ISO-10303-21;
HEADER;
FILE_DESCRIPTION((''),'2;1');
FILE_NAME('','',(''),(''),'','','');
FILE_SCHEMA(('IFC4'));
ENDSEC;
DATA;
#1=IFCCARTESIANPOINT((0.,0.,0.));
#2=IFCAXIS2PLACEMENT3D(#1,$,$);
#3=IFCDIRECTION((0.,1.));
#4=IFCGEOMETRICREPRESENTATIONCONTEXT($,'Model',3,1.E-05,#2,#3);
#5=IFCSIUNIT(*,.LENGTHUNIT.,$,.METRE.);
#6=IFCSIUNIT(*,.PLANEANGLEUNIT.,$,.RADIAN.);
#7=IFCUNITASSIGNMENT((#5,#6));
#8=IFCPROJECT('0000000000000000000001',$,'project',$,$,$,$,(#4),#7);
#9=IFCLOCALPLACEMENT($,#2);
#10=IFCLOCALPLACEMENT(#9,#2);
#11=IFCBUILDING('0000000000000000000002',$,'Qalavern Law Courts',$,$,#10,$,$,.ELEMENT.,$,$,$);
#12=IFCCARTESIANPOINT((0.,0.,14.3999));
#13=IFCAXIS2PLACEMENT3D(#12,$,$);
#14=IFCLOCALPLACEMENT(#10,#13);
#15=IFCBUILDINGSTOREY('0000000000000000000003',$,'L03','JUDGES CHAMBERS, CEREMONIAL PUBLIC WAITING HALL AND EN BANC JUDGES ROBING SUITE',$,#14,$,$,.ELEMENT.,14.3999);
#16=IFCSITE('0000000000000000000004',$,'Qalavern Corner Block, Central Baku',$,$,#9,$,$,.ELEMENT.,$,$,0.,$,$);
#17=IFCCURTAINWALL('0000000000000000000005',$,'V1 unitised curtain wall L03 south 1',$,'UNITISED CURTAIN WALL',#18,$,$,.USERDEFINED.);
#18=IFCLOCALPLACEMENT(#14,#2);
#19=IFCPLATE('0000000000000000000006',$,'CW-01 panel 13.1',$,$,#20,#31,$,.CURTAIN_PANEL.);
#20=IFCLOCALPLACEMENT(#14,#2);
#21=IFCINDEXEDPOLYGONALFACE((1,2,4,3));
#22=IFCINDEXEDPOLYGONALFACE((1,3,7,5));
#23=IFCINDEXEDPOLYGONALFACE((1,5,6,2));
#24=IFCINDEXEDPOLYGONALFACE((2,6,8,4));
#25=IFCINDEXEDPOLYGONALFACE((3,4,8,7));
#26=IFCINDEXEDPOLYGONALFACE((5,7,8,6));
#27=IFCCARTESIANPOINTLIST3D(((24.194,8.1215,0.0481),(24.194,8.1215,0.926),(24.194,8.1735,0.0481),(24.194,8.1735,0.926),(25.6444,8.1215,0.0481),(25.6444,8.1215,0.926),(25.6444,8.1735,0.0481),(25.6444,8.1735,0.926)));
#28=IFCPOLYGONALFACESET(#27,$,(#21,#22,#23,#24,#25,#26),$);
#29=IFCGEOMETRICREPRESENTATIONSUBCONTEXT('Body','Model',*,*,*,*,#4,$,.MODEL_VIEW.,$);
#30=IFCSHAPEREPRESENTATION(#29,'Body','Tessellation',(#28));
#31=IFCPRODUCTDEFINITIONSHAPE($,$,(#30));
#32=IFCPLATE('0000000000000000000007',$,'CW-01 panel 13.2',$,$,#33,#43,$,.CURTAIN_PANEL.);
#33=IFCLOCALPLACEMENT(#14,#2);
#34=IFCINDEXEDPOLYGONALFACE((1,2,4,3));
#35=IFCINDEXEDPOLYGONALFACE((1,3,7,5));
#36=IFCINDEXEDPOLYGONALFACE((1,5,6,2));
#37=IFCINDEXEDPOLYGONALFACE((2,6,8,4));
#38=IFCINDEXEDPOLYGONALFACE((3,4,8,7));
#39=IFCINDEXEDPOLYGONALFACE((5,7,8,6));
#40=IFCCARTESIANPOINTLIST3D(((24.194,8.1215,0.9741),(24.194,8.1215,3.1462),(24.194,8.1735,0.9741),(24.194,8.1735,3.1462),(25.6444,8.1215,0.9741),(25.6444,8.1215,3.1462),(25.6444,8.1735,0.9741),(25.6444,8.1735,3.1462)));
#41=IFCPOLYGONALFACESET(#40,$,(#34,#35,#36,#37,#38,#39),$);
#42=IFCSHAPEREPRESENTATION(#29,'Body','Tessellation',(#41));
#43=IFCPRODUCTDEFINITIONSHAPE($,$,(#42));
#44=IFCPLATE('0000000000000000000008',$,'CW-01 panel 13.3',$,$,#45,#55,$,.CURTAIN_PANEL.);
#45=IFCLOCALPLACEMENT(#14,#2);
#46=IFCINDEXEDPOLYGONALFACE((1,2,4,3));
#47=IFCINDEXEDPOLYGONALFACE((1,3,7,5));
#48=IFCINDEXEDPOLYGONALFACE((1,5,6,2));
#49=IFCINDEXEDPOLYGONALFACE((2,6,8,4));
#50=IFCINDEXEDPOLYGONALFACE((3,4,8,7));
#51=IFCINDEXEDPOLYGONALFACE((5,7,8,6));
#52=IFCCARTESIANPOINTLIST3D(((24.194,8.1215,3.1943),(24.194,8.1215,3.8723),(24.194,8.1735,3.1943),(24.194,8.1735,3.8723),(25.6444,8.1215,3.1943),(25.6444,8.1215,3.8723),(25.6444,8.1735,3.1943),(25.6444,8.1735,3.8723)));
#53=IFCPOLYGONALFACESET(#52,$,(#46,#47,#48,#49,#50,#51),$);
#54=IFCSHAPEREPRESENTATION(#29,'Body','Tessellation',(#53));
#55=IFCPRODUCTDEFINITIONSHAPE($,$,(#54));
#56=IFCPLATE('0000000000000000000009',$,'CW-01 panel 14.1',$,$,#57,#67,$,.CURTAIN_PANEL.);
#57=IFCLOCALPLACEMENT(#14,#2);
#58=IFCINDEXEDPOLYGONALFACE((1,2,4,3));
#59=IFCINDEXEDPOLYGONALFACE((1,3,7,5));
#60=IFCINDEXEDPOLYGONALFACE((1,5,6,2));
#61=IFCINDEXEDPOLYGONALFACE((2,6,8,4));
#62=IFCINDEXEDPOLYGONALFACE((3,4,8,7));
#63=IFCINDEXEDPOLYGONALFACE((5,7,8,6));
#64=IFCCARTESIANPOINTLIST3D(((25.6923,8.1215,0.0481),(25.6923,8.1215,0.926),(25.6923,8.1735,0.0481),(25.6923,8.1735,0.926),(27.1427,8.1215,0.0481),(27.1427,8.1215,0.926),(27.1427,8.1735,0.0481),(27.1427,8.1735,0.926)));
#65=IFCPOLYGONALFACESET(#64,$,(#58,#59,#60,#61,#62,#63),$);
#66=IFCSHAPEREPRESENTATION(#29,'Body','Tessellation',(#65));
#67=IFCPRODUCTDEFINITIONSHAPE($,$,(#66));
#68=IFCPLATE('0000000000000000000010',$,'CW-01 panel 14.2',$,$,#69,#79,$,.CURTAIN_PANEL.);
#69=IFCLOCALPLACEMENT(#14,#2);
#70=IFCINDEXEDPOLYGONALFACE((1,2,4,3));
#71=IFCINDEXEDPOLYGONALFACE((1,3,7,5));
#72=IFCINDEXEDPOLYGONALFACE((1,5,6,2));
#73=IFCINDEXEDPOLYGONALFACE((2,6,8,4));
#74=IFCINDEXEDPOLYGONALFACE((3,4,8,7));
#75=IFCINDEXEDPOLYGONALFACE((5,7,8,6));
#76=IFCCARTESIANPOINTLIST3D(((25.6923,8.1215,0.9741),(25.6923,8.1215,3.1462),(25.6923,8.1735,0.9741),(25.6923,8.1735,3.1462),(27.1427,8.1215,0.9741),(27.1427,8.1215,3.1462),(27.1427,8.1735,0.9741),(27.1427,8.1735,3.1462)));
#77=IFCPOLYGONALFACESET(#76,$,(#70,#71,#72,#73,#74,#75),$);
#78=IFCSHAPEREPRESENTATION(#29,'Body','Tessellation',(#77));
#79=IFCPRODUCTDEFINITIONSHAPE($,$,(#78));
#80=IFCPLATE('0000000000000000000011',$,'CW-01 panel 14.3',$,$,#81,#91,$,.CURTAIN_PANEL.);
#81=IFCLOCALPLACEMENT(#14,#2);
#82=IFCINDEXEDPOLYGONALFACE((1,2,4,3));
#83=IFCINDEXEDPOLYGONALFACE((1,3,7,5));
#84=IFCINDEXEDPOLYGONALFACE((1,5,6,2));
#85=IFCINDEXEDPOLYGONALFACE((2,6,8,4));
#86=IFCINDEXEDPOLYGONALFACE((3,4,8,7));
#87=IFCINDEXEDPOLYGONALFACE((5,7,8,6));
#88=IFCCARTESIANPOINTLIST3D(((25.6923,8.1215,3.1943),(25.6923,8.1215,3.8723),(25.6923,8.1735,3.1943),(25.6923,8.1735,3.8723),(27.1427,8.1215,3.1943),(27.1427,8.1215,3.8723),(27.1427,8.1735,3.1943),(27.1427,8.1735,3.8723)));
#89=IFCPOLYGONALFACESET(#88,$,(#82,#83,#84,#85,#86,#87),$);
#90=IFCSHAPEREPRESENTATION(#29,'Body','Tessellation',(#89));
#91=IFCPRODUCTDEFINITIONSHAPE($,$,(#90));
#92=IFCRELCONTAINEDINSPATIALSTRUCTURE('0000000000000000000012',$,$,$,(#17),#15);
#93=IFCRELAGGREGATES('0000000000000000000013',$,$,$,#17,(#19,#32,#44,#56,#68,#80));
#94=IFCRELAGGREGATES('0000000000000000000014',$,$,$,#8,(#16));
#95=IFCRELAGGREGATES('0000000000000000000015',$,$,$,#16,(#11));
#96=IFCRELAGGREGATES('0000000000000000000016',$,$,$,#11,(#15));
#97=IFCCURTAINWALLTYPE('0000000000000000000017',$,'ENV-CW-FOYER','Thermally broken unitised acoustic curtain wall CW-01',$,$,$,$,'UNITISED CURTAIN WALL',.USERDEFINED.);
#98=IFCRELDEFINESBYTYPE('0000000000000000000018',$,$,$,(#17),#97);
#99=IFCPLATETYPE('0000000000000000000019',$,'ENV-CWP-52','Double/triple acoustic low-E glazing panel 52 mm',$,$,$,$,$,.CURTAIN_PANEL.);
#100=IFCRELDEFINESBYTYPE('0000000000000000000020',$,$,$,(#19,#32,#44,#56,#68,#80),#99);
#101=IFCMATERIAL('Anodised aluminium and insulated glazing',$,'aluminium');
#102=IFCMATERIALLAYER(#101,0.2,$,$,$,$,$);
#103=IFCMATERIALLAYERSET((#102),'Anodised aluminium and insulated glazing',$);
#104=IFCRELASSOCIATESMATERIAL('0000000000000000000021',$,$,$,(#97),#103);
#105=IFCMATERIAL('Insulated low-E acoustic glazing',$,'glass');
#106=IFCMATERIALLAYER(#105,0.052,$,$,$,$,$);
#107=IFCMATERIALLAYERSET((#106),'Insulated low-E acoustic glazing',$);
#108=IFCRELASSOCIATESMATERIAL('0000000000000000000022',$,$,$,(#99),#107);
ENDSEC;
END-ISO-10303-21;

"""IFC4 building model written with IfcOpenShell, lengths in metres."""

from ifc_helpers import new_model, si_unit, direction, frame, origin, origin_2d, place, context, subcontext, project, spatial, rectangle, extrude, material, layer, layer_set, type_object, element, aggregate, save


model = new_model("IFC4")

# Units and contexts
model_context = context("Model", 3, precision=1e-05, world=origin(), true_north=direction((0.0, 1.0)))
body_context = subcontext(model_context, "Body", "Model", "MODEL_VIEW")
ifc_project = project(units=[si_unit("LENGTHUNIT", "METRE"), si_unit("PLANEANGLEUNIT", "RADIAN")], contexts=[model_context])

# Site, building, storey
site_placement = place(None, origin())
site = spatial("IfcSite", under=ifc_project, at=site_placement, Name="Qalavern Corner Block, Central Baku", CompositionType="ELEMENT", RefElevation=0.0)
building_placement = place(site_placement, origin())
building = spatial("IfcBuilding", under=site, at=building_placement, Name="Qalavern Law Courts", CompositionType="ELEMENT")
storey_placement = place(building_placement, frame((0.0, 0.0, 14.3999)))
storey = spatial("IfcBuildingStorey", under=building, at=storey_placement, Name="L03", Description="JUDGES CHAMBERS, CEREMONIAL PUBLIC WAITING HALL AND EN BANC JUDGES ROBING SUITE", CompositionType="ELEMENT", Elevation=14.3999)

# Curtain wall
ifc_material_1 = material(Name="Anodised aluminium and insulated glazing", Category="aluminium")
ifc_layer_1 = layer(ifc_material_1, 0.2)
ifc_layer_set_1 = layer_set([ifc_layer_1], Name="Anodised aluminium and insulated glazing")
curtain_wall_type = type_object("IfcCurtainWallType", Name="ENV-CW-FOYER", Description="Thermally broken unitised acoustic curtain wall CW-01", ElementType="UNITISED CURTAIN WALL", PredefinedType="USERDEFINED", material=ifc_layer_set_1)
curtain_wall_placement = place(storey_placement, origin())
curtain_wall = element("IfcCurtainWall", 1, at=curtain_wall_placement, inside=storey, type_object=curtain_wall_type, Name="V1 unitised curtain wall L03 south 1", ObjectType="UNITISED CURTAIN WALL", PredefinedType="USERDEFINED")

# Plates
ifc_material_2 = material(Name="Insulated low-E acoustic glazing", Category="glass")
ifc_layer_2 = layer(ifc_material_2, 0.052)
ifc_layer_set_2 = layer_set([ifc_layer_2], Name="Insulated low-E acoustic glazing")
plate_type = type_object("IfcPlateType", Name="ENV-CWP-52", Description="Double/triple acoustic low-E glazing panel 52 mm", PredefinedType="CURTAIN_PANEL", material=ifc_layer_set_2)
plate_1_placement = place(storey_placement, frame((24.9192, 8.1475, 0.0481), z_axis=(0.0, 0.0, 1.0), x_axis=(1.0, 0.0, 0.0)))
plate_1 = element("IfcPlate", 2, at=plate_1_placement, type_object=plate_type, Name="CW-01 panel 13.1", PredefinedType="CURTAIN_PANEL", context=body_context, shape_type="SweptSolid", body=[
    extrude(rectangle(XDim=1.4504, YDim=0.052, at=origin_2d()), origin(), (0.0, 0.0, 1.0), 0.8779),
])
plate_2_placement = place(storey_placement, frame((24.9192, 8.1475, 0.9741), z_axis=(0.0, 0.0, 1.0), x_axis=(1.0, 0.0, 0.0)))
plate_2 = element("IfcPlate", 3, at=plate_2_placement, type_object=plate_type, Name="CW-01 panel 13.2", PredefinedType="CURTAIN_PANEL", context=body_context, shape_type="SweptSolid", body=[
    extrude(rectangle(XDim=1.4504, YDim=0.052, at=origin_2d()), origin(), (0.0, 0.0, 1.0), 2.1721),
])
plate_3_placement = place(storey_placement, frame((24.9192, 8.1475, 3.1943), z_axis=(0.0, 0.0, 1.0), x_axis=(1.0, 0.0, 0.0)))
plate_3 = element("IfcPlate", 4, at=plate_3_placement, type_object=plate_type, Name="CW-01 panel 13.3", PredefinedType="CURTAIN_PANEL", context=body_context, shape_type="SweptSolid", body=[
    extrude(rectangle(XDim=1.4504, YDim=0.052, at=origin_2d()), origin(), (0.0, 0.0, 1.0), 0.678),
])
plate_4_placement = place(storey_placement, frame((26.4175, 8.1475, 0.0481), z_axis=(0.0, 0.0, 1.0), x_axis=(1.0, 0.0, 0.0)))
plate_4 = element("IfcPlate", 5, at=plate_4_placement, type_object=plate_type, Name="CW-01 panel 14.1", PredefinedType="CURTAIN_PANEL", context=body_context, shape_type="SweptSolid", body=[
    extrude(rectangle(XDim=1.4504, YDim=0.052, at=origin_2d()), origin(), (0.0, 0.0, 1.0), 0.8779),
])
plate_5_placement = place(storey_placement, frame((26.4175, 8.1475, 0.9741), z_axis=(0.0, 0.0, 1.0), x_axis=(1.0, 0.0, 0.0)))
plate_5 = element("IfcPlate", 6, at=plate_5_placement, type_object=plate_type, Name="CW-01 panel 14.2", PredefinedType="CURTAIN_PANEL", context=body_context, shape_type="SweptSolid", body=[
    extrude(rectangle(XDim=1.4504, YDim=0.052, at=origin_2d()), origin(), (0.0, 0.0, 1.0), 2.1721),
])
plate_6_placement = place(storey_placement, frame((26.4175, 8.1475, 3.1943), z_axis=(0.0, 0.0, 1.0), x_axis=(1.0, 0.0, 0.0)))
plate_6 = element("IfcPlate", 7, at=plate_6_placement, type_object=plate_type, Name="CW-01 panel 14.3", PredefinedType="CURTAIN_PANEL", context=body_context, shape_type="SweptSolid", body=[
    extrude(rectangle(XDim=1.4504, YDim=0.052, at=origin_2d()), origin(), (0.0, 0.0, 1.0), 0.678),
])
aggregate(curtain_wall, [plate_1, plate_2, plate_3, plate_4, plate_5, plate_6])

save(model, "model.ifc")
